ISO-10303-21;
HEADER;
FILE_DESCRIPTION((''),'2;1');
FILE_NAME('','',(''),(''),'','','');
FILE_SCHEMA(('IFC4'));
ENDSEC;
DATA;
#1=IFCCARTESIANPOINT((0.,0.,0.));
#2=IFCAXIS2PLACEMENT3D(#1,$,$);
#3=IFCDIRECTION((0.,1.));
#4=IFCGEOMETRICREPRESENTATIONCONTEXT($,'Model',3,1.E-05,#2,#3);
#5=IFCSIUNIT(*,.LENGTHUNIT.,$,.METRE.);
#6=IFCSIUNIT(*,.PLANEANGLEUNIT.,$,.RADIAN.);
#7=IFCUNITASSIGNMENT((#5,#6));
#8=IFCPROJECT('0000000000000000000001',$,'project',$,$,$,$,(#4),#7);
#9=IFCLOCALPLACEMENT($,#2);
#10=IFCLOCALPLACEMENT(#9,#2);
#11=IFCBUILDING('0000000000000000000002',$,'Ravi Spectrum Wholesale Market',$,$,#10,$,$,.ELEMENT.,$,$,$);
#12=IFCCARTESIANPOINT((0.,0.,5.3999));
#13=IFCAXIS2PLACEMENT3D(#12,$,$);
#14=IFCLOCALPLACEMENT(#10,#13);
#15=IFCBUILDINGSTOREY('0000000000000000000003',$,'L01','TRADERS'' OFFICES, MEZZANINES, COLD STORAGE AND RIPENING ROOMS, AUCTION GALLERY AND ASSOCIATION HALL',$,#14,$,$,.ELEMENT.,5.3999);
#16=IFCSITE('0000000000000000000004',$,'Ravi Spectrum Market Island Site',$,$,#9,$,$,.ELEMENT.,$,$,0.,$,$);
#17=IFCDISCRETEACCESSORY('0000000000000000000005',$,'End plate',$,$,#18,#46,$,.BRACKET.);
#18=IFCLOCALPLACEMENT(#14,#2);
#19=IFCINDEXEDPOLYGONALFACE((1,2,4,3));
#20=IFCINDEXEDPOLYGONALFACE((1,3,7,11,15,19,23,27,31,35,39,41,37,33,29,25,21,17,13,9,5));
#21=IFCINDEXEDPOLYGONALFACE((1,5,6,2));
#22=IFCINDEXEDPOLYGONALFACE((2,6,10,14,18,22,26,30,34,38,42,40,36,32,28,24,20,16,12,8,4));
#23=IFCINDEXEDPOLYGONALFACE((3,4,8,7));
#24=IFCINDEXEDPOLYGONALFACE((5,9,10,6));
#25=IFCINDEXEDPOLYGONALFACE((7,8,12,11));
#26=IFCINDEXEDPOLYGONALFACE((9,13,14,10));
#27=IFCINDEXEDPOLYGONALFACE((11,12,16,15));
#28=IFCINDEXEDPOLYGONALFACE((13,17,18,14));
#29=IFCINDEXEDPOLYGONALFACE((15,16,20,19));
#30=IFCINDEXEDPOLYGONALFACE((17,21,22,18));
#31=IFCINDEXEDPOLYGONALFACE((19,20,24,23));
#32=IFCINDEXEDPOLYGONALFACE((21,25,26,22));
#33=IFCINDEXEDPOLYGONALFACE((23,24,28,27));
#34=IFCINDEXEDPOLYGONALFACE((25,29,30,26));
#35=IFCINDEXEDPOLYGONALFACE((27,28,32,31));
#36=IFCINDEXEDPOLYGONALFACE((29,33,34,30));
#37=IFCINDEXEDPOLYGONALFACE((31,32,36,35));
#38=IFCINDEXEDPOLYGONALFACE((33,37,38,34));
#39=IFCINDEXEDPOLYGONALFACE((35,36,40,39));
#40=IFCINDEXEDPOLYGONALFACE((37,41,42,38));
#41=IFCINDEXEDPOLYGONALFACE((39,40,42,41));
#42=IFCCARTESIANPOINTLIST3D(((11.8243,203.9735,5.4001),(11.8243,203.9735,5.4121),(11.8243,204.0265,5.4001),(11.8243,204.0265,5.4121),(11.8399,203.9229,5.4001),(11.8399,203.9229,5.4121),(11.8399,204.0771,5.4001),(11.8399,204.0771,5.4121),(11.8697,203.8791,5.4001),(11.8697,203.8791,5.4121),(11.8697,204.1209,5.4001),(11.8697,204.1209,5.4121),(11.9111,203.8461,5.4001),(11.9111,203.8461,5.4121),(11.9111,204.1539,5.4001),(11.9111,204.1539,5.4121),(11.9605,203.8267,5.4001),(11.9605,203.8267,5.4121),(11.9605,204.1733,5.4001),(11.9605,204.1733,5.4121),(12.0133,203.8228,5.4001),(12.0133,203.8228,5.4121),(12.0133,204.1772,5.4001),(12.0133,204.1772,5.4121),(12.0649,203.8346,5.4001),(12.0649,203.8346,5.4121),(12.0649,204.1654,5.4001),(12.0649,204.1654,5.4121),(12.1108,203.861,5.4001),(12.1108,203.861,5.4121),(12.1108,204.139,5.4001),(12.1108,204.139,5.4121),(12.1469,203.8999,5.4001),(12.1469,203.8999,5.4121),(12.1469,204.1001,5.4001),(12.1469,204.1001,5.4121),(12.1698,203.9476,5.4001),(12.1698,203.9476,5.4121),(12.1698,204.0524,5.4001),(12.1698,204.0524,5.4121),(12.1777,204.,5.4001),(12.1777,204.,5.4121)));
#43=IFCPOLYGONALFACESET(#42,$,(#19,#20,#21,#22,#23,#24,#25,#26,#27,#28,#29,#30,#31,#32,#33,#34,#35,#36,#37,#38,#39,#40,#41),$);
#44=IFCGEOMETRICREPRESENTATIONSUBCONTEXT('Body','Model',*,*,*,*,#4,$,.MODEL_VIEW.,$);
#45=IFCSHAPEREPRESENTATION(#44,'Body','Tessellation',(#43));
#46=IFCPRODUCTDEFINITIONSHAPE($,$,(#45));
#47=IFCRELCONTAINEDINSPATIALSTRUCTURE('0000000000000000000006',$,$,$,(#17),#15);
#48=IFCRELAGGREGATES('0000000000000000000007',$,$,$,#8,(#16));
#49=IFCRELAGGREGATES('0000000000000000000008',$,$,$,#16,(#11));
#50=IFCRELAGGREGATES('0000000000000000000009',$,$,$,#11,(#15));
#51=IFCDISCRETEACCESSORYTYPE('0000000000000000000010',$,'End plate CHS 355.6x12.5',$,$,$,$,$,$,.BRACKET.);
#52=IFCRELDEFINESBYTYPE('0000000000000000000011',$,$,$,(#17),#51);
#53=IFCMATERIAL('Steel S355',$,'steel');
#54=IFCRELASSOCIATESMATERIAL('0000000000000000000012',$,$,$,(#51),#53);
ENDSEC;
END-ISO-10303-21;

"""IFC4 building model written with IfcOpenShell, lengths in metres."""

from ifc_helpers import new_model, si_unit, direction, frame, origin, origin_2d, place, context, subcontext, project, spatial, circle, extrude, material, material_profile, profile_set, type_object, element, save


model = new_model("IFC4")

# Units and contexts
model_context = context("Model", 3, precision=1e-05, world=origin(), true_north=direction((0.0, 1.0)))
body_context = subcontext(model_context, "Body", "Model", "MODEL_VIEW")
ifc_project = project(units=[si_unit("LENGTHUNIT", "METRE"), si_unit("PLANEANGLEUNIT", "RADIAN")], contexts=[model_context])

# Site, building, storey
site_placement = place(None, origin())
site = spatial("IfcSite", under=ifc_project, at=site_placement, Name="Ravi Spectrum Market Island Site", CompositionType="ELEMENT", RefElevation=0.0)
building_placement = place(site_placement, origin())
building = spatial("IfcBuilding", under=site, at=building_placement, Name="Ravi Spectrum Wholesale Market", CompositionType="ELEMENT")
storey_placement = place(building_placement, frame((0.0, 0.0, 5.3999)))
storey = spatial("IfcBuildingStorey", under=building, at=storey_placement, Name="L01", Description="TRADERS' OFFICES, MEZZANINES, COLD STORAGE AND RIPENING ROOMS, AUCTION GALLERY AND ASSOCIATION HALL", CompositionType="ELEMENT", Elevation=5.3999)

# Discrete accessory
ifc_material_1 = material(Name="Steel S355", Category="steel")
ifc_material_profile_1 = material_profile(ifc_material_1, circle(Radius=0.1777, at=origin_2d()))
ifc_profile_set_1 = profile_set([ifc_material_profile_1], Name="Steel S355")
discrete_accessory_type = type_object("IfcDiscreteAccessoryType", Name="End plate CHS 355.6x12.5", PredefinedType="BRACKET", material=ifc_profile_set_1)
discrete_accessory_placement = place(storey_placement, frame((12.0, 204.0, 5.4001), z_axis=(0.0, 0.0, 1.0), x_axis=(1.0, 0.0, 0.0)))
element("IfcDiscreteAccessory", 1, at=discrete_accessory_placement, inside=storey, type_object=discrete_accessory_type, Name="End plate", PredefinedType="BRACKET", context=body_context, shape_type="SweptSolid", body=[
    extrude(circle(Radius=0.1777, at=origin_2d()), origin(), (0.0, 0.0, 1.0), 0.012),
])

save(model, "model.ifc")
